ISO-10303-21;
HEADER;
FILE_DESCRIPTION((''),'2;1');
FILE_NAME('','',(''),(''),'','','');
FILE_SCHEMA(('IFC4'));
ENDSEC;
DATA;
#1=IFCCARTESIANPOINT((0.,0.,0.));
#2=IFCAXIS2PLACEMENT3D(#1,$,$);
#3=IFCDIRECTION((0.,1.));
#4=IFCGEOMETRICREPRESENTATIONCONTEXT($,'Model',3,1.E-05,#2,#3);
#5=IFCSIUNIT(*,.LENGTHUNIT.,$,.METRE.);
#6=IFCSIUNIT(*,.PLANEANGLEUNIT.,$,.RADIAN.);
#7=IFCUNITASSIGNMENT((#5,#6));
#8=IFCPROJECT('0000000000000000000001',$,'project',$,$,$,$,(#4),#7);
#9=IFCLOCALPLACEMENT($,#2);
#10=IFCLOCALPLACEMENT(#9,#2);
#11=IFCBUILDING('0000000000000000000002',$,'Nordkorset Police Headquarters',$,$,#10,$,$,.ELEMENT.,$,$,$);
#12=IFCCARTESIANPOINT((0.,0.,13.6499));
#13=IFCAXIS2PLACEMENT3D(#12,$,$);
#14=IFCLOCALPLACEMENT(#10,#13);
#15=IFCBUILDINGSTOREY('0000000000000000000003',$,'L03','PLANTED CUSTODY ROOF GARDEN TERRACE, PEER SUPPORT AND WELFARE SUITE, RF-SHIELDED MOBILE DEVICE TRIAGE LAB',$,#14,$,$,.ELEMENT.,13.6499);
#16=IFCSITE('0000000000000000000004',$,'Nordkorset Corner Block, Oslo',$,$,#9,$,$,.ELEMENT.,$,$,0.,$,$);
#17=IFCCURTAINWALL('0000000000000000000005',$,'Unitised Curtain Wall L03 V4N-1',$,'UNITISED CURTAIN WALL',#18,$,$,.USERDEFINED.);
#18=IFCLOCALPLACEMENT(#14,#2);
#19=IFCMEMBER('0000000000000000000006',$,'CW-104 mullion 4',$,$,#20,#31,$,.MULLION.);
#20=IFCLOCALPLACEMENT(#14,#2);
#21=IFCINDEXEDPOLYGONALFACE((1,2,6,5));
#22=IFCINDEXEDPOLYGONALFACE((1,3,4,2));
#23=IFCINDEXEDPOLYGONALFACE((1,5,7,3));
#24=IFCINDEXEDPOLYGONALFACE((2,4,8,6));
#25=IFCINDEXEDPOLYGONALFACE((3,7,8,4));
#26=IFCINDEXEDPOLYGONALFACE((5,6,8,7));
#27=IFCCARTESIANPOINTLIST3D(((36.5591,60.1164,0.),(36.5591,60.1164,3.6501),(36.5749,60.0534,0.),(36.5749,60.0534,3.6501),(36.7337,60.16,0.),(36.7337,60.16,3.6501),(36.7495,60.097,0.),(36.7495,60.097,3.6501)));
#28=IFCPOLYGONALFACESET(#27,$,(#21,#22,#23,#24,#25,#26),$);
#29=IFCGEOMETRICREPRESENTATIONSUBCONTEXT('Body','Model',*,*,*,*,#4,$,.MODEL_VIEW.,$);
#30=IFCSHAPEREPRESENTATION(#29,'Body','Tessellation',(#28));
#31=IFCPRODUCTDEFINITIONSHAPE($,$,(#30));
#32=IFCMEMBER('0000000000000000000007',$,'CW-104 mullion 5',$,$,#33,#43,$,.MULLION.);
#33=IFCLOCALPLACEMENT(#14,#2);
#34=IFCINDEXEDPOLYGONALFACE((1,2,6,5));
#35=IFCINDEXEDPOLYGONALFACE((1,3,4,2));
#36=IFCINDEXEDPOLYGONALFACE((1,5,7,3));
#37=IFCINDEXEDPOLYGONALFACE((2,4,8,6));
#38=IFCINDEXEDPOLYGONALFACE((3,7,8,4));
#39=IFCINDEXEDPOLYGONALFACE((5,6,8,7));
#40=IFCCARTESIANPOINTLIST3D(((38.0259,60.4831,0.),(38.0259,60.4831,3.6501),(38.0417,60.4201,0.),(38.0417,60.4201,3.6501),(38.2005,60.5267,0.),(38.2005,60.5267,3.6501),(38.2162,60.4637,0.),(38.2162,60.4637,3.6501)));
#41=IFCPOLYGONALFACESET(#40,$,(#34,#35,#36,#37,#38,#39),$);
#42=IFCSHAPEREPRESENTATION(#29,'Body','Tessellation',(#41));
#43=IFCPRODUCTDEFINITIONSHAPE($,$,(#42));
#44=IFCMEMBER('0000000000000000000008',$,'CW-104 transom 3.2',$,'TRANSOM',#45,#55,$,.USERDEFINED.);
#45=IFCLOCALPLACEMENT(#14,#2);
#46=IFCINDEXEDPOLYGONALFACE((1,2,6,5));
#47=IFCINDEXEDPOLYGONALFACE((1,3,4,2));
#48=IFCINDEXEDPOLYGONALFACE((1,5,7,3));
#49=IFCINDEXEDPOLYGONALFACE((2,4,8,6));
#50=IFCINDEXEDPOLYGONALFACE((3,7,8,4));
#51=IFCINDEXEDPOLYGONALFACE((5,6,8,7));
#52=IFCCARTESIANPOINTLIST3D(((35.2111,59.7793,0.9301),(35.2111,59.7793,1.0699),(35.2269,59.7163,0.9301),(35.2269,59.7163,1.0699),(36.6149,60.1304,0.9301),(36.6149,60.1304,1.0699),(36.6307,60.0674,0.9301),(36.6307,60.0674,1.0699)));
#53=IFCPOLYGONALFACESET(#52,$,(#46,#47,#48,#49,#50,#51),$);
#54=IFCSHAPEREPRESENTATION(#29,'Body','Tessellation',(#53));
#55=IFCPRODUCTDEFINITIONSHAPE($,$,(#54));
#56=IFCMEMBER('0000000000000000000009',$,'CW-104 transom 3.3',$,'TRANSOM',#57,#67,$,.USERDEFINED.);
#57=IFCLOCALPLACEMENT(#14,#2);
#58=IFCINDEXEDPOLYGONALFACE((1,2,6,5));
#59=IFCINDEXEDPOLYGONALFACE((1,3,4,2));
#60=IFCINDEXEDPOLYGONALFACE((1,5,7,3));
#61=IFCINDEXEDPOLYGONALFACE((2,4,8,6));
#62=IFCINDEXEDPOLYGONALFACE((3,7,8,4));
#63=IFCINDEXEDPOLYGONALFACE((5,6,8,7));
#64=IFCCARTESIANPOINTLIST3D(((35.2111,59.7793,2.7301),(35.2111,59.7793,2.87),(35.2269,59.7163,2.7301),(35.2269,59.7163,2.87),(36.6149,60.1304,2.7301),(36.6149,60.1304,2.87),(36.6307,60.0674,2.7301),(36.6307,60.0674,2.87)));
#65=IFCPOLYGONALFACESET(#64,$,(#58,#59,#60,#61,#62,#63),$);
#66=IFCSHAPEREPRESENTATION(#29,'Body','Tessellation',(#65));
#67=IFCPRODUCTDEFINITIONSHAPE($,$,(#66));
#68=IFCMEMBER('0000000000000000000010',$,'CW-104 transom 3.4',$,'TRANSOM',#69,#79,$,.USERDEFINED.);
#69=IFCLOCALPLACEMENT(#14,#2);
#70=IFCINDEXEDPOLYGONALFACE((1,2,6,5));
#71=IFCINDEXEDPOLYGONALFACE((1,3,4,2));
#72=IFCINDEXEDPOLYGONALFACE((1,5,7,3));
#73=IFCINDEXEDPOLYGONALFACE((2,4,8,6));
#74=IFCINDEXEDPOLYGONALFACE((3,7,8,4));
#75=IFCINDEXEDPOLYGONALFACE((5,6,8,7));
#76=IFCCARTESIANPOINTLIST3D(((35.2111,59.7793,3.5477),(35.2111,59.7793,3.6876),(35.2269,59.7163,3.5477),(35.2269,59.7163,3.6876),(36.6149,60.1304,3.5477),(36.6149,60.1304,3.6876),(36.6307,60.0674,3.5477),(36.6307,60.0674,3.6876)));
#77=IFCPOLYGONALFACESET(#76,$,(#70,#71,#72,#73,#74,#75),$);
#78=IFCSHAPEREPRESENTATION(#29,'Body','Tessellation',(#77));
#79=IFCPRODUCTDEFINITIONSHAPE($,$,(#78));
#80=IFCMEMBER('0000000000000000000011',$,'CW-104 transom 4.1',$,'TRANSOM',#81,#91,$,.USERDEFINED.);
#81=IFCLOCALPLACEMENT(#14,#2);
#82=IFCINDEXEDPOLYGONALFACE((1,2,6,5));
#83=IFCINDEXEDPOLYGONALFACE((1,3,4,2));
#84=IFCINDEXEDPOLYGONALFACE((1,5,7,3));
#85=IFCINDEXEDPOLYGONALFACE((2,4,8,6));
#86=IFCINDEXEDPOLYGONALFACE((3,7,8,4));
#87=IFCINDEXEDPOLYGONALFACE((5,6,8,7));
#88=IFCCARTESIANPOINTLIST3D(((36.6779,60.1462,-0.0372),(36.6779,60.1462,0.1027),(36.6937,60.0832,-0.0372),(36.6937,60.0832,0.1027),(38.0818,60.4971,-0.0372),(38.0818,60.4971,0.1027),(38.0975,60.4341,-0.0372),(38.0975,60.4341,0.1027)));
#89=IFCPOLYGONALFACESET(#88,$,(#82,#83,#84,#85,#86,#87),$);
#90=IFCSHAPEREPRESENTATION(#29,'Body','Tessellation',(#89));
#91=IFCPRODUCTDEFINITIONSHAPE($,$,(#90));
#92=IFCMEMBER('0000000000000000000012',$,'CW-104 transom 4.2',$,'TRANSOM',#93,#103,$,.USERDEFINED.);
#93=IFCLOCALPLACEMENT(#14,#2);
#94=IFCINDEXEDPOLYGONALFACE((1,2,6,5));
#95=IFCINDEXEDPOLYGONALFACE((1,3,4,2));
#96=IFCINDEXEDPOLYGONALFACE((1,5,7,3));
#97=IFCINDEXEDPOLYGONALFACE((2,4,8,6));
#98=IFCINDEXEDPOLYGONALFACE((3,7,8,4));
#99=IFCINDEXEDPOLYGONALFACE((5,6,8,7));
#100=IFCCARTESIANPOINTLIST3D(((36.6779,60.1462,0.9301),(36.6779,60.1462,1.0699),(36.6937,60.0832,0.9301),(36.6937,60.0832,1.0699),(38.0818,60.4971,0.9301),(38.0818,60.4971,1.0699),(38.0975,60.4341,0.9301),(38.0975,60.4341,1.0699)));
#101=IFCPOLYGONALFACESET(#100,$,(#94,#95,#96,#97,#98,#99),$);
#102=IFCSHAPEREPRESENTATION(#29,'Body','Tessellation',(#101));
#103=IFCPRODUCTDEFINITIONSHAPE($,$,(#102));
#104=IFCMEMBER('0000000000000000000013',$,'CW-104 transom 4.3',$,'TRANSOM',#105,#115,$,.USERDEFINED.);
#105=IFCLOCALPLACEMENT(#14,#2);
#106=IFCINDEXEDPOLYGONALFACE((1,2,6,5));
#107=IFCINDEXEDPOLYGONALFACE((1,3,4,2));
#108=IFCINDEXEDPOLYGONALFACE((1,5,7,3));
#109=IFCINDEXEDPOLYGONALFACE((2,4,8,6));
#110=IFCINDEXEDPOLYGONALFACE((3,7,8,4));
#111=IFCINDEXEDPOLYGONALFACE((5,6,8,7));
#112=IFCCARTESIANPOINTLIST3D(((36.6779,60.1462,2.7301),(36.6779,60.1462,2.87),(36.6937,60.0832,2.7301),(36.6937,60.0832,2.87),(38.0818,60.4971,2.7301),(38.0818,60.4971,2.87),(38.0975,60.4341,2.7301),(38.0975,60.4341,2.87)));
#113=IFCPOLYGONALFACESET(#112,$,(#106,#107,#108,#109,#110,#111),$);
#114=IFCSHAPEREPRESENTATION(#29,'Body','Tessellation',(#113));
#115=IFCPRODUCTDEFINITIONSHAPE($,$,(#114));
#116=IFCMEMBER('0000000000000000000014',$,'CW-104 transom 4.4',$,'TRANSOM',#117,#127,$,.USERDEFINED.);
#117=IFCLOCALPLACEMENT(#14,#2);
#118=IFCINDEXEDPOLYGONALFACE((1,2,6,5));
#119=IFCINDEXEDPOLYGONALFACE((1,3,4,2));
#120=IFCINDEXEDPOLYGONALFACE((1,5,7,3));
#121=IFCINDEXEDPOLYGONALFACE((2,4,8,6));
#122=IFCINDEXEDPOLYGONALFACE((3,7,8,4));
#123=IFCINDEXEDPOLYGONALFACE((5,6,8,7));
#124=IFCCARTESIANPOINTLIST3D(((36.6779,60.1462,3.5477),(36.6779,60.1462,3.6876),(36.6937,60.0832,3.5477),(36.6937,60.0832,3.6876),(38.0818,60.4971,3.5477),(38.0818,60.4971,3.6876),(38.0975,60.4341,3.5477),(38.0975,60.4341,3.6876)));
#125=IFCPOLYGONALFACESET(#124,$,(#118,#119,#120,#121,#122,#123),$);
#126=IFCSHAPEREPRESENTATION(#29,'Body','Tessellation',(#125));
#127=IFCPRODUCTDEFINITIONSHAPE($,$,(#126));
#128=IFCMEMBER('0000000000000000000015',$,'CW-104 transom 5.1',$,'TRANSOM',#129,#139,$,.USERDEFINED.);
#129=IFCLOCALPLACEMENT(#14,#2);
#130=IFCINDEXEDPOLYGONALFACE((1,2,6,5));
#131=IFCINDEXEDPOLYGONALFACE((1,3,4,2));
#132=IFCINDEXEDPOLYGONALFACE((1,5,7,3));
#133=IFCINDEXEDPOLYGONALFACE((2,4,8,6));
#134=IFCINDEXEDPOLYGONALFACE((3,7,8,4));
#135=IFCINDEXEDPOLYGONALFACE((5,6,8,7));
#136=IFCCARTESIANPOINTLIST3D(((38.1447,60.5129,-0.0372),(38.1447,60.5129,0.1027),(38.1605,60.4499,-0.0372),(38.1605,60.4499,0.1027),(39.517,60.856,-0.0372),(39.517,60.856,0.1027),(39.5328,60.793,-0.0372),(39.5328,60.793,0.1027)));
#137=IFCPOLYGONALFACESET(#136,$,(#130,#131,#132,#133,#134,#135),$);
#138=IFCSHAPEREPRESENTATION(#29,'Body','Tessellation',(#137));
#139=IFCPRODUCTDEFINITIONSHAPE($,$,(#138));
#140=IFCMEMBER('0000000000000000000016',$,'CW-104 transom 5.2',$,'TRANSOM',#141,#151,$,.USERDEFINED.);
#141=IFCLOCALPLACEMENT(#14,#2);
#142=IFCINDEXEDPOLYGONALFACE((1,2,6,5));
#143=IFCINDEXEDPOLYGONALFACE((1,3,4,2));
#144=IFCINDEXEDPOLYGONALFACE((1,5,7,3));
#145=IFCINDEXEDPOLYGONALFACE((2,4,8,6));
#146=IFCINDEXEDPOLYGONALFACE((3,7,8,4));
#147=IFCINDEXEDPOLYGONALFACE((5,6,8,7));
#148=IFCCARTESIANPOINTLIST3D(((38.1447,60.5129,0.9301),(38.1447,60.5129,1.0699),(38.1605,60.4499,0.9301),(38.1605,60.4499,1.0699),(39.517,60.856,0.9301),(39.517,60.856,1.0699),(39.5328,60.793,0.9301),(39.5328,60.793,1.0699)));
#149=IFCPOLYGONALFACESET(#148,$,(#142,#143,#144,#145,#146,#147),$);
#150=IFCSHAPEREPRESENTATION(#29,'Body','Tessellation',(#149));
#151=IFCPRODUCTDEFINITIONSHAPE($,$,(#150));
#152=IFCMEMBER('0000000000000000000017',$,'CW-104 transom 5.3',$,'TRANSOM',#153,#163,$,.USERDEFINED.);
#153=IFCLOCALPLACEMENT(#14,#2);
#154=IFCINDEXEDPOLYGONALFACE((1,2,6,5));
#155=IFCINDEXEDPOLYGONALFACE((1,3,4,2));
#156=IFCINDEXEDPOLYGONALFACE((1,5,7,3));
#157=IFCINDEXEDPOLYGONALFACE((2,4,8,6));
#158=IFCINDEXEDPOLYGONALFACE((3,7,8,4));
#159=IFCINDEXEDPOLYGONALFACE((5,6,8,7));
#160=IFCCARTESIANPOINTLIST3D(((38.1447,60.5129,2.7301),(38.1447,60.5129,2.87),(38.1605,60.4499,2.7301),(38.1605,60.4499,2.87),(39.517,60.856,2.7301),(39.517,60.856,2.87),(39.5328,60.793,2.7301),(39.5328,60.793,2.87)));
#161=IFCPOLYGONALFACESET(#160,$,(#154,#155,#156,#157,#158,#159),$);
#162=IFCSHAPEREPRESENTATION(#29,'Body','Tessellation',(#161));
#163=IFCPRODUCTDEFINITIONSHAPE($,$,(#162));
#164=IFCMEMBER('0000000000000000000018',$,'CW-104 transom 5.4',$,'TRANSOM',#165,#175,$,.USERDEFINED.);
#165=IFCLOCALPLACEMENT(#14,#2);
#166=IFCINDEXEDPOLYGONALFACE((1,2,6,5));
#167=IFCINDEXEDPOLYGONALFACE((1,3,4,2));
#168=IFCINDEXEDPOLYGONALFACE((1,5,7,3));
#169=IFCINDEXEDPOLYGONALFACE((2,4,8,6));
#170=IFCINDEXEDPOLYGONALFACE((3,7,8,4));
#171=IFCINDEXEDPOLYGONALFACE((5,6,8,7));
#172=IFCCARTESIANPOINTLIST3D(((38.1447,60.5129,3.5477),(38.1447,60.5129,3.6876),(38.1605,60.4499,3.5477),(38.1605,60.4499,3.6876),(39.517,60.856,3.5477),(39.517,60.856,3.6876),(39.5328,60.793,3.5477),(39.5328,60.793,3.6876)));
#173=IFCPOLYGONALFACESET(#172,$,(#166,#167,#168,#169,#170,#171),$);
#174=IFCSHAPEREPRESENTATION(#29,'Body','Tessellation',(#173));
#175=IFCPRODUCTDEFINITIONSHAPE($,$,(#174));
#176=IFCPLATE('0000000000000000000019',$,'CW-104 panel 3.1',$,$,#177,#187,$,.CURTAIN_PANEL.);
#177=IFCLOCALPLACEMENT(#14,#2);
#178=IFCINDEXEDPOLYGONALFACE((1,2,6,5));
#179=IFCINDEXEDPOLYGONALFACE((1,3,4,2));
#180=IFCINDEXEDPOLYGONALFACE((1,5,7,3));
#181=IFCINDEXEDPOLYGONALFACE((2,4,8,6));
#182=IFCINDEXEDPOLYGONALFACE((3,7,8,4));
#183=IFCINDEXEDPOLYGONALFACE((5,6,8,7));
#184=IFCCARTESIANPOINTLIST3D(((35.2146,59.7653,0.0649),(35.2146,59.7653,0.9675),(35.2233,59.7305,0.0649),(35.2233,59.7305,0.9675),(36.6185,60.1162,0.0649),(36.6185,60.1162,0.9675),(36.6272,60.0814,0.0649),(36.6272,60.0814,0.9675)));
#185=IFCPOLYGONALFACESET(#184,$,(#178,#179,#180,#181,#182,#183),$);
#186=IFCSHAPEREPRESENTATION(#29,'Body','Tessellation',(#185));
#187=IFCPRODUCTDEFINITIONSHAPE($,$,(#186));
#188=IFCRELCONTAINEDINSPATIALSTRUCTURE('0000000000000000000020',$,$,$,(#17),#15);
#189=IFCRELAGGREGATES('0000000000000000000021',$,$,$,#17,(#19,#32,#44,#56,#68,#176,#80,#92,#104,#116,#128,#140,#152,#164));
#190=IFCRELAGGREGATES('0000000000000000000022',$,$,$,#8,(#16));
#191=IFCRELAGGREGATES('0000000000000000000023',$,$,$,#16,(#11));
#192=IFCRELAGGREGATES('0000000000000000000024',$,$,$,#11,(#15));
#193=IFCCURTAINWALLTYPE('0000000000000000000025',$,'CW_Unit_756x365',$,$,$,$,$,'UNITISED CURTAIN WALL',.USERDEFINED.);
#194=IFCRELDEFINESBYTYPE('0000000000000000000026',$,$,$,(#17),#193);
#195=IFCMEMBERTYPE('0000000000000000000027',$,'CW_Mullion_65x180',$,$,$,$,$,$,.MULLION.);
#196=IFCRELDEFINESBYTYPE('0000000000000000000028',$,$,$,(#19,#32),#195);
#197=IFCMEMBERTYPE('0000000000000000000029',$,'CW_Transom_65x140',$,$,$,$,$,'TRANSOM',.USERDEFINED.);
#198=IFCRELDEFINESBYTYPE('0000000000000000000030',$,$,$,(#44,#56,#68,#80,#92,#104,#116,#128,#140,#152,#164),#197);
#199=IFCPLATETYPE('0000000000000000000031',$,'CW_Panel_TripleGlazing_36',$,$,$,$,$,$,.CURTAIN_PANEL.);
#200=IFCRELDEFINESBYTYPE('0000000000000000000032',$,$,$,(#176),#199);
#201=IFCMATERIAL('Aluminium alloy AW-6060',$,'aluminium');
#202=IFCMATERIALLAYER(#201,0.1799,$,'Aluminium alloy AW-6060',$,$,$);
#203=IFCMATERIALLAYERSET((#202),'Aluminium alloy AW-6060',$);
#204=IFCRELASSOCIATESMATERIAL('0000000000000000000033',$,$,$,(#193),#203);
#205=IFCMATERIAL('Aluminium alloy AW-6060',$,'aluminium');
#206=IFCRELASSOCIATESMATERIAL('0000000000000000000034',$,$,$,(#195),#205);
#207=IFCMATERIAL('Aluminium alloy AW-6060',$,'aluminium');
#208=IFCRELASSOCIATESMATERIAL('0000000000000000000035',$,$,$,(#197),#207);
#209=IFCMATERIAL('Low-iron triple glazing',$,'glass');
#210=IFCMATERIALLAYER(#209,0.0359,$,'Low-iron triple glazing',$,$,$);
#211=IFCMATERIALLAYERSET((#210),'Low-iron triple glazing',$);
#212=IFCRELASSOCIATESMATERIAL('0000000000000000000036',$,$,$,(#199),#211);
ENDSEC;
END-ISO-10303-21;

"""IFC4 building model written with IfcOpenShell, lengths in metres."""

from ifc_helpers import new_model, si_unit, direction, frame, origin, origin_2d, place, context, subcontext, project, spatial, rectangle, extrude, material, layer, layer_set, material_profile, profile_set, type_object, element, aggregate, save


model = new_model("IFC4")

# Units and contexts
model_context = context("Model", 3, precision=1e-05, world=origin(), true_north=direction((0.0, 1.0)))
body_context = subcontext(model_context, "Body", "Model", "MODEL_VIEW")
ifc_project = project(units=[si_unit("LENGTHUNIT", "METRE"), si_unit("PLANEANGLEUNIT", "RADIAN")], contexts=[model_context])

# Site, building, storey
site_placement = place(None, origin())
site = spatial("IfcSite", under=ifc_project, at=site_placement, Name="Nordkorset Corner Block, Oslo", CompositionType="ELEMENT", RefElevation=0.0)
building_placement = place(site_placement, origin())
building = spatial("IfcBuilding", under=site, at=building_placement, Name="Nordkorset Police Headquarters", CompositionType="ELEMENT")
storey_placement = place(building_placement, frame((0.0, 0.0, 13.6499)))
storey = spatial("IfcBuildingStorey", under=building, at=storey_placement, Name="L03", Description="PLANTED CUSTODY ROOF GARDEN TERRACE, PEER SUPPORT AND WELFARE SUITE, RF-SHIELDED MOBILE DEVICE TRIAGE LAB", CompositionType="ELEMENT", Elevation=13.6499)

# Curtain wall, members, plate
ifc_material_1 = material(Name="Aluminium alloy AW-6060", Category="aluminium")
ifc_layer_1 = layer(ifc_material_1, 0.1799, Name="Aluminium alloy AW-6060")
ifc_layer_set_1 = layer_set([ifc_layer_1], Name="Aluminium alloy AW-6060")
curtain_wall_type = type_object("IfcCurtainWallType", Name="CW_Unit_756x365", ElementType="UNITISED CURTAIN WALL", PredefinedType="USERDEFINED", material=ifc_layer_set_1)
curtain_wall_placement = place(storey_placement, origin())
curtain_wall = element("IfcCurtainWall", 1, at=curtain_wall_placement, inside=storey, type_object=curtain_wall_type, Name="Unitised Curtain Wall L03 V4N-1", ObjectType="UNITISED CURTAIN WALL", PredefinedType="USERDEFINED")
ifc_material_2 = material(Name="Aluminium alloy AW-6060", Category="aluminium")
ifc_material_profile_1 = material_profile(ifc_material_2, rectangle(XDim=0.0649, YDim=0.1799, at=origin_2d()), Name="ALU MULL 65x180")
ifc_profile_set_1 = profile_set([ifc_material_profile_1], Name="Aluminium alloy AW-6060")
member_type_1 = type_object("IfcMemberType", Name="CW_Mullion_65x180", PredefinedType="MULLION", material=ifc_profile_set_1)
member_1_placement = place(storey_placement, frame((36.6543, 60.1067, 0.0), z_axis=(0.0, 0.0, 1.0), x_axis=(-0.242536, 0.970143, 0.0)))
member_1 = element("IfcMember", 2, at=member_1_placement, type_object=member_type_1, Name="CW-104 mullion 4", PredefinedType="MULLION", context=body_context, shape_type="SweptSolid", body=[
    extrude(rectangle(XDim=0.0649, YDim=0.1799, at=origin_2d()), origin(), (0.0, 0.0, 1.0), 3.6501),
])
member_2_placement = place(storey_placement, frame((38.1211, 60.4734, 0.0), z_axis=(0.0, 0.0, 1.0), x_axis=(-0.242536, 0.970143, 0.0)))
member_2 = element("IfcMember", 3, at=member_2_placement, type_object=member_type_1, Name="CW-104 mullion 5", PredefinedType="MULLION", context=body_context, shape_type="SweptSolid", body=[
    extrude(rectangle(XDim=0.0649, YDim=0.1799, at=origin_2d()), origin(), (0.0, 0.0, 1.0), 3.6501),
])
ifc_material_3 = material(Name="Aluminium alloy AW-6060", Category="aluminium")
ifc_material_profile_2 = material_profile(ifc_material_3, rectangle(XDim=0.0649, YDim=0.1399, at=origin_2d()), Name="ALU TRAN 65x140")
ifc_profile_set_2 = profile_set([ifc_material_profile_2], Name="Aluminium alloy AW-6060")
member_type_2 = type_object("IfcMemberType", Name="CW_Transom_65x140", ElementType="TRANSOM", PredefinedType="USERDEFINED", material=ifc_profile_set_2)
member_3_placement = place(storey_placement, frame((35.219, 59.7478, 1.0), z_axis=(0.970123, 0.242615, 0.0), x_axis=(-0.242615, 0.970123, 0.0)))
member_3 = element("IfcMember", 4, at=member_3_placement, type_object=member_type_2, Name="CW-104 transom 3.2", ObjectType="TRANSOM", PredefinedType="USERDEFINED", context=body_context, shape_type="SweptSolid", body=[
    extrude(rectangle(XDim=0.0649, YDim=0.1399, at=origin_2d()), origin(), (0.0, 0.0, 1.0), 1.447),
])
member_4_placement = place(storey_placement, frame((35.219, 59.7478, 2.8), z_axis=(0.970123, 0.242615, 0.0), x_axis=(-0.242615, 0.970123, 0.0)))
member_4 = element("IfcMember", 5, at=member_4_placement, type_object=member_type_2, Name="CW-104 transom 3.3", ObjectType="TRANSOM", PredefinedType="USERDEFINED", context=body_context, shape_type="SweptSolid", body=[
    extrude(rectangle(XDim=0.0649, YDim=0.1399, at=origin_2d()), origin(), (0.0, 0.0, 1.0), 1.447),
])
member_5_placement = place(storey_placement, frame((35.219, 59.7478, 3.6177), z_axis=(0.970123, 0.242615, 0.0), x_axis=(-0.242615, 0.970123, 0.0)))
member_5 = element("IfcMember", 6, at=member_5_placement, type_object=member_type_2, Name="CW-104 transom 3.4", ObjectType="TRANSOM", PredefinedType="USERDEFINED", context=body_context, shape_type="SweptSolid", body=[
    extrude(rectangle(XDim=0.0649, YDim=0.1399, at=origin_2d()), origin(), (0.0, 0.0, 1.0), 1.447),
])
member_6_placement = place(storey_placement, frame((36.6858, 60.1147, 0.0327), z_axis=(0.970162, 0.242456, 0.0), x_axis=(-0.242456, 0.970162, 0.0)))
member_6 = element("IfcMember", 7, at=member_6_placement, type_object=member_type_2, Name="CW-104 transom 4.1", ObjectType="TRANSOM", PredefinedType="USERDEFINED", context=body_context, shape_type="SweptSolid", body=[
    extrude(rectangle(XDim=0.0649, YDim=0.1399, at=origin_2d()), origin(), (0.0, 0.0, 1.0), 1.447),
])
member_7_placement = place(storey_placement, frame((36.6858, 60.1147, 1.0), z_axis=(0.970162, 0.242456, 0.0), x_axis=(-0.242456, 0.970162, 0.0)))
member_7 = element("IfcMember", 8, at=member_7_placement, type_object=member_type_2, Name="CW-104 transom 4.2", ObjectType="TRANSOM", PredefinedType="USERDEFINED", context=body_context, shape_type="SweptSolid", body=[
    extrude(rectangle(XDim=0.0649, YDim=0.1399, at=origin_2d()), origin(), (0.0, 0.0, 1.0), 1.447),
])
member_8_placement = place(storey_placement, frame((36.6858, 60.1147, 2.8), z_axis=(0.970162, 0.242456, 0.0), x_axis=(-0.242456, 0.970162, 0.0)))
member_8 = element("IfcMember", 9, at=member_8_placement, type_object=member_type_2, Name="CW-104 transom 4.3", ObjectType="TRANSOM", PredefinedType="USERDEFINED", context=body_context, shape_type="SweptSolid", body=[
    extrude(rectangle(XDim=0.0649, YDim=0.1399, at=origin_2d()), origin(), (0.0, 0.0, 1.0), 1.447),
])
member_9_placement = place(storey_placement, frame((36.6858, 60.1147, 3.6177), z_axis=(0.970162, 0.242456, 0.0), x_axis=(-0.242456, 0.970162, 0.0)))
member_9 = element("IfcMember", 10, at=member_9_placement, type_object=member_type_2, Name="CW-104 transom 4.4", ObjectType="TRANSOM", PredefinedType="USERDEFINED", context=body_context, shape_type="SweptSolid", body=[
    extrude(rectangle(XDim=0.0649, YDim=0.1399, at=origin_2d()), origin(), (0.0, 0.0, 1.0), 1.447),
])
member_10_placement = place(storey_placement, frame((38.1526, 60.4814, 0.0327), z_axis=(0.970153, 0.242495, 0.0), x_axis=(-0.242495, 0.970153, 0.0)))
member_10 = element("IfcMember", 11, at=member_10_placement, type_object=member_type_2, Name="CW-104 transom 5.1", ObjectType="TRANSOM", PredefinedType="USERDEFINED", context=body_context, shape_type="SweptSolid", body=[
    extrude(rectangle(XDim=0.0649, YDim=0.1399, at=origin_2d()), origin(), (0.0, 0.0, 1.0), 1.4146),
])
member_11_placement = place(storey_placement, frame((38.1526, 60.4814, 1.0), z_axis=(0.970153, 0.242495, 0.0), x_axis=(-0.242495, 0.970153, 0.0)))
member_11 = element("IfcMember", 12, at=member_11_placement, type_object=member_type_2, Name="CW-104 transom 5.2", ObjectType="TRANSOM", PredefinedType="USERDEFINED", context=body_context, shape_type="SweptSolid", body=[
    extrude(rectangle(XDim=0.0649, YDim=0.1399, at=origin_2d()), origin(), (0.0, 0.0, 1.0), 1.4146),
])
member_12_placement = place(storey_placement, frame((38.1526, 60.4814, 2.8), z_axis=(0.970153, 0.242495, 0.0), x_axis=(-0.242495, 0.970153, 0.0)))
member_12 = element("IfcMember", 13, at=member_12_placement, type_object=member_type_2, Name="CW-104 transom 5.3", ObjectType="TRANSOM", PredefinedType="USERDEFINED", context=body_context, shape_type="SweptSolid", body=[
    extrude(rectangle(XDim=0.0649, YDim=0.1399, at=origin_2d()), origin(), (0.0, 0.0, 1.0), 1.4146),
])
member_13_placement = place(storey_placement, frame((38.1526, 60.4814, 3.6177), z_axis=(0.970153, 0.242495, 0.0), x_axis=(-0.242495, 0.970153, 0.0)))
member_13 = element("IfcMember", 14, at=member_13_placement, type_object=member_type_2, Name="CW-104 transom 5.4", ObjectType="TRANSOM", PredefinedType="USERDEFINED", context=body_context, shape_type="SweptSolid", body=[
    extrude(rectangle(XDim=0.0649, YDim=0.1399, at=origin_2d()), origin(), (0.0, 0.0, 1.0), 1.4146),
])
ifc_material_4 = material(Name="Low-iron triple glazing", Category="glass")
ifc_layer_2 = layer(ifc_material_4, 0.0359, Name="Low-iron triple glazing")
ifc_layer_set_2 = layer_set([ifc_layer_2], Name="Low-iron triple glazing")
plate_type = type_object("IfcPlateType", Name="CW_Panel_TripleGlazing_36", PredefinedType="CURTAIN_PANEL", material=ifc_layer_set_2)
plate_1_placement = place(storey_placement, frame((35.9209, 59.9233, 0.0649), z_axis=(0.0, 0.0, 1.0), x_axis=(0.970143, 0.242536, 0.0)))
plate_1 = element("IfcPlate", 15, at=plate_1_placement, type_object=plate_type, Name="CW-104 panel 3.1", PredefinedType="CURTAIN_PANEL", context=body_context, shape_type="SweptSolid", body=[
    extrude(rectangle(XDim=1.447, YDim=0.0359, at=origin_2d()), origin(), (0.0, 0.0, 1.0), 0.9026),
])
aggregate(curtain_wall, [member_1, member_2, member_3, member_4, member_5, plate_1, member_6, member_7, member_8, member_9, member_10, member_11, member_12, member_13])

save(model, "model.ifc")
